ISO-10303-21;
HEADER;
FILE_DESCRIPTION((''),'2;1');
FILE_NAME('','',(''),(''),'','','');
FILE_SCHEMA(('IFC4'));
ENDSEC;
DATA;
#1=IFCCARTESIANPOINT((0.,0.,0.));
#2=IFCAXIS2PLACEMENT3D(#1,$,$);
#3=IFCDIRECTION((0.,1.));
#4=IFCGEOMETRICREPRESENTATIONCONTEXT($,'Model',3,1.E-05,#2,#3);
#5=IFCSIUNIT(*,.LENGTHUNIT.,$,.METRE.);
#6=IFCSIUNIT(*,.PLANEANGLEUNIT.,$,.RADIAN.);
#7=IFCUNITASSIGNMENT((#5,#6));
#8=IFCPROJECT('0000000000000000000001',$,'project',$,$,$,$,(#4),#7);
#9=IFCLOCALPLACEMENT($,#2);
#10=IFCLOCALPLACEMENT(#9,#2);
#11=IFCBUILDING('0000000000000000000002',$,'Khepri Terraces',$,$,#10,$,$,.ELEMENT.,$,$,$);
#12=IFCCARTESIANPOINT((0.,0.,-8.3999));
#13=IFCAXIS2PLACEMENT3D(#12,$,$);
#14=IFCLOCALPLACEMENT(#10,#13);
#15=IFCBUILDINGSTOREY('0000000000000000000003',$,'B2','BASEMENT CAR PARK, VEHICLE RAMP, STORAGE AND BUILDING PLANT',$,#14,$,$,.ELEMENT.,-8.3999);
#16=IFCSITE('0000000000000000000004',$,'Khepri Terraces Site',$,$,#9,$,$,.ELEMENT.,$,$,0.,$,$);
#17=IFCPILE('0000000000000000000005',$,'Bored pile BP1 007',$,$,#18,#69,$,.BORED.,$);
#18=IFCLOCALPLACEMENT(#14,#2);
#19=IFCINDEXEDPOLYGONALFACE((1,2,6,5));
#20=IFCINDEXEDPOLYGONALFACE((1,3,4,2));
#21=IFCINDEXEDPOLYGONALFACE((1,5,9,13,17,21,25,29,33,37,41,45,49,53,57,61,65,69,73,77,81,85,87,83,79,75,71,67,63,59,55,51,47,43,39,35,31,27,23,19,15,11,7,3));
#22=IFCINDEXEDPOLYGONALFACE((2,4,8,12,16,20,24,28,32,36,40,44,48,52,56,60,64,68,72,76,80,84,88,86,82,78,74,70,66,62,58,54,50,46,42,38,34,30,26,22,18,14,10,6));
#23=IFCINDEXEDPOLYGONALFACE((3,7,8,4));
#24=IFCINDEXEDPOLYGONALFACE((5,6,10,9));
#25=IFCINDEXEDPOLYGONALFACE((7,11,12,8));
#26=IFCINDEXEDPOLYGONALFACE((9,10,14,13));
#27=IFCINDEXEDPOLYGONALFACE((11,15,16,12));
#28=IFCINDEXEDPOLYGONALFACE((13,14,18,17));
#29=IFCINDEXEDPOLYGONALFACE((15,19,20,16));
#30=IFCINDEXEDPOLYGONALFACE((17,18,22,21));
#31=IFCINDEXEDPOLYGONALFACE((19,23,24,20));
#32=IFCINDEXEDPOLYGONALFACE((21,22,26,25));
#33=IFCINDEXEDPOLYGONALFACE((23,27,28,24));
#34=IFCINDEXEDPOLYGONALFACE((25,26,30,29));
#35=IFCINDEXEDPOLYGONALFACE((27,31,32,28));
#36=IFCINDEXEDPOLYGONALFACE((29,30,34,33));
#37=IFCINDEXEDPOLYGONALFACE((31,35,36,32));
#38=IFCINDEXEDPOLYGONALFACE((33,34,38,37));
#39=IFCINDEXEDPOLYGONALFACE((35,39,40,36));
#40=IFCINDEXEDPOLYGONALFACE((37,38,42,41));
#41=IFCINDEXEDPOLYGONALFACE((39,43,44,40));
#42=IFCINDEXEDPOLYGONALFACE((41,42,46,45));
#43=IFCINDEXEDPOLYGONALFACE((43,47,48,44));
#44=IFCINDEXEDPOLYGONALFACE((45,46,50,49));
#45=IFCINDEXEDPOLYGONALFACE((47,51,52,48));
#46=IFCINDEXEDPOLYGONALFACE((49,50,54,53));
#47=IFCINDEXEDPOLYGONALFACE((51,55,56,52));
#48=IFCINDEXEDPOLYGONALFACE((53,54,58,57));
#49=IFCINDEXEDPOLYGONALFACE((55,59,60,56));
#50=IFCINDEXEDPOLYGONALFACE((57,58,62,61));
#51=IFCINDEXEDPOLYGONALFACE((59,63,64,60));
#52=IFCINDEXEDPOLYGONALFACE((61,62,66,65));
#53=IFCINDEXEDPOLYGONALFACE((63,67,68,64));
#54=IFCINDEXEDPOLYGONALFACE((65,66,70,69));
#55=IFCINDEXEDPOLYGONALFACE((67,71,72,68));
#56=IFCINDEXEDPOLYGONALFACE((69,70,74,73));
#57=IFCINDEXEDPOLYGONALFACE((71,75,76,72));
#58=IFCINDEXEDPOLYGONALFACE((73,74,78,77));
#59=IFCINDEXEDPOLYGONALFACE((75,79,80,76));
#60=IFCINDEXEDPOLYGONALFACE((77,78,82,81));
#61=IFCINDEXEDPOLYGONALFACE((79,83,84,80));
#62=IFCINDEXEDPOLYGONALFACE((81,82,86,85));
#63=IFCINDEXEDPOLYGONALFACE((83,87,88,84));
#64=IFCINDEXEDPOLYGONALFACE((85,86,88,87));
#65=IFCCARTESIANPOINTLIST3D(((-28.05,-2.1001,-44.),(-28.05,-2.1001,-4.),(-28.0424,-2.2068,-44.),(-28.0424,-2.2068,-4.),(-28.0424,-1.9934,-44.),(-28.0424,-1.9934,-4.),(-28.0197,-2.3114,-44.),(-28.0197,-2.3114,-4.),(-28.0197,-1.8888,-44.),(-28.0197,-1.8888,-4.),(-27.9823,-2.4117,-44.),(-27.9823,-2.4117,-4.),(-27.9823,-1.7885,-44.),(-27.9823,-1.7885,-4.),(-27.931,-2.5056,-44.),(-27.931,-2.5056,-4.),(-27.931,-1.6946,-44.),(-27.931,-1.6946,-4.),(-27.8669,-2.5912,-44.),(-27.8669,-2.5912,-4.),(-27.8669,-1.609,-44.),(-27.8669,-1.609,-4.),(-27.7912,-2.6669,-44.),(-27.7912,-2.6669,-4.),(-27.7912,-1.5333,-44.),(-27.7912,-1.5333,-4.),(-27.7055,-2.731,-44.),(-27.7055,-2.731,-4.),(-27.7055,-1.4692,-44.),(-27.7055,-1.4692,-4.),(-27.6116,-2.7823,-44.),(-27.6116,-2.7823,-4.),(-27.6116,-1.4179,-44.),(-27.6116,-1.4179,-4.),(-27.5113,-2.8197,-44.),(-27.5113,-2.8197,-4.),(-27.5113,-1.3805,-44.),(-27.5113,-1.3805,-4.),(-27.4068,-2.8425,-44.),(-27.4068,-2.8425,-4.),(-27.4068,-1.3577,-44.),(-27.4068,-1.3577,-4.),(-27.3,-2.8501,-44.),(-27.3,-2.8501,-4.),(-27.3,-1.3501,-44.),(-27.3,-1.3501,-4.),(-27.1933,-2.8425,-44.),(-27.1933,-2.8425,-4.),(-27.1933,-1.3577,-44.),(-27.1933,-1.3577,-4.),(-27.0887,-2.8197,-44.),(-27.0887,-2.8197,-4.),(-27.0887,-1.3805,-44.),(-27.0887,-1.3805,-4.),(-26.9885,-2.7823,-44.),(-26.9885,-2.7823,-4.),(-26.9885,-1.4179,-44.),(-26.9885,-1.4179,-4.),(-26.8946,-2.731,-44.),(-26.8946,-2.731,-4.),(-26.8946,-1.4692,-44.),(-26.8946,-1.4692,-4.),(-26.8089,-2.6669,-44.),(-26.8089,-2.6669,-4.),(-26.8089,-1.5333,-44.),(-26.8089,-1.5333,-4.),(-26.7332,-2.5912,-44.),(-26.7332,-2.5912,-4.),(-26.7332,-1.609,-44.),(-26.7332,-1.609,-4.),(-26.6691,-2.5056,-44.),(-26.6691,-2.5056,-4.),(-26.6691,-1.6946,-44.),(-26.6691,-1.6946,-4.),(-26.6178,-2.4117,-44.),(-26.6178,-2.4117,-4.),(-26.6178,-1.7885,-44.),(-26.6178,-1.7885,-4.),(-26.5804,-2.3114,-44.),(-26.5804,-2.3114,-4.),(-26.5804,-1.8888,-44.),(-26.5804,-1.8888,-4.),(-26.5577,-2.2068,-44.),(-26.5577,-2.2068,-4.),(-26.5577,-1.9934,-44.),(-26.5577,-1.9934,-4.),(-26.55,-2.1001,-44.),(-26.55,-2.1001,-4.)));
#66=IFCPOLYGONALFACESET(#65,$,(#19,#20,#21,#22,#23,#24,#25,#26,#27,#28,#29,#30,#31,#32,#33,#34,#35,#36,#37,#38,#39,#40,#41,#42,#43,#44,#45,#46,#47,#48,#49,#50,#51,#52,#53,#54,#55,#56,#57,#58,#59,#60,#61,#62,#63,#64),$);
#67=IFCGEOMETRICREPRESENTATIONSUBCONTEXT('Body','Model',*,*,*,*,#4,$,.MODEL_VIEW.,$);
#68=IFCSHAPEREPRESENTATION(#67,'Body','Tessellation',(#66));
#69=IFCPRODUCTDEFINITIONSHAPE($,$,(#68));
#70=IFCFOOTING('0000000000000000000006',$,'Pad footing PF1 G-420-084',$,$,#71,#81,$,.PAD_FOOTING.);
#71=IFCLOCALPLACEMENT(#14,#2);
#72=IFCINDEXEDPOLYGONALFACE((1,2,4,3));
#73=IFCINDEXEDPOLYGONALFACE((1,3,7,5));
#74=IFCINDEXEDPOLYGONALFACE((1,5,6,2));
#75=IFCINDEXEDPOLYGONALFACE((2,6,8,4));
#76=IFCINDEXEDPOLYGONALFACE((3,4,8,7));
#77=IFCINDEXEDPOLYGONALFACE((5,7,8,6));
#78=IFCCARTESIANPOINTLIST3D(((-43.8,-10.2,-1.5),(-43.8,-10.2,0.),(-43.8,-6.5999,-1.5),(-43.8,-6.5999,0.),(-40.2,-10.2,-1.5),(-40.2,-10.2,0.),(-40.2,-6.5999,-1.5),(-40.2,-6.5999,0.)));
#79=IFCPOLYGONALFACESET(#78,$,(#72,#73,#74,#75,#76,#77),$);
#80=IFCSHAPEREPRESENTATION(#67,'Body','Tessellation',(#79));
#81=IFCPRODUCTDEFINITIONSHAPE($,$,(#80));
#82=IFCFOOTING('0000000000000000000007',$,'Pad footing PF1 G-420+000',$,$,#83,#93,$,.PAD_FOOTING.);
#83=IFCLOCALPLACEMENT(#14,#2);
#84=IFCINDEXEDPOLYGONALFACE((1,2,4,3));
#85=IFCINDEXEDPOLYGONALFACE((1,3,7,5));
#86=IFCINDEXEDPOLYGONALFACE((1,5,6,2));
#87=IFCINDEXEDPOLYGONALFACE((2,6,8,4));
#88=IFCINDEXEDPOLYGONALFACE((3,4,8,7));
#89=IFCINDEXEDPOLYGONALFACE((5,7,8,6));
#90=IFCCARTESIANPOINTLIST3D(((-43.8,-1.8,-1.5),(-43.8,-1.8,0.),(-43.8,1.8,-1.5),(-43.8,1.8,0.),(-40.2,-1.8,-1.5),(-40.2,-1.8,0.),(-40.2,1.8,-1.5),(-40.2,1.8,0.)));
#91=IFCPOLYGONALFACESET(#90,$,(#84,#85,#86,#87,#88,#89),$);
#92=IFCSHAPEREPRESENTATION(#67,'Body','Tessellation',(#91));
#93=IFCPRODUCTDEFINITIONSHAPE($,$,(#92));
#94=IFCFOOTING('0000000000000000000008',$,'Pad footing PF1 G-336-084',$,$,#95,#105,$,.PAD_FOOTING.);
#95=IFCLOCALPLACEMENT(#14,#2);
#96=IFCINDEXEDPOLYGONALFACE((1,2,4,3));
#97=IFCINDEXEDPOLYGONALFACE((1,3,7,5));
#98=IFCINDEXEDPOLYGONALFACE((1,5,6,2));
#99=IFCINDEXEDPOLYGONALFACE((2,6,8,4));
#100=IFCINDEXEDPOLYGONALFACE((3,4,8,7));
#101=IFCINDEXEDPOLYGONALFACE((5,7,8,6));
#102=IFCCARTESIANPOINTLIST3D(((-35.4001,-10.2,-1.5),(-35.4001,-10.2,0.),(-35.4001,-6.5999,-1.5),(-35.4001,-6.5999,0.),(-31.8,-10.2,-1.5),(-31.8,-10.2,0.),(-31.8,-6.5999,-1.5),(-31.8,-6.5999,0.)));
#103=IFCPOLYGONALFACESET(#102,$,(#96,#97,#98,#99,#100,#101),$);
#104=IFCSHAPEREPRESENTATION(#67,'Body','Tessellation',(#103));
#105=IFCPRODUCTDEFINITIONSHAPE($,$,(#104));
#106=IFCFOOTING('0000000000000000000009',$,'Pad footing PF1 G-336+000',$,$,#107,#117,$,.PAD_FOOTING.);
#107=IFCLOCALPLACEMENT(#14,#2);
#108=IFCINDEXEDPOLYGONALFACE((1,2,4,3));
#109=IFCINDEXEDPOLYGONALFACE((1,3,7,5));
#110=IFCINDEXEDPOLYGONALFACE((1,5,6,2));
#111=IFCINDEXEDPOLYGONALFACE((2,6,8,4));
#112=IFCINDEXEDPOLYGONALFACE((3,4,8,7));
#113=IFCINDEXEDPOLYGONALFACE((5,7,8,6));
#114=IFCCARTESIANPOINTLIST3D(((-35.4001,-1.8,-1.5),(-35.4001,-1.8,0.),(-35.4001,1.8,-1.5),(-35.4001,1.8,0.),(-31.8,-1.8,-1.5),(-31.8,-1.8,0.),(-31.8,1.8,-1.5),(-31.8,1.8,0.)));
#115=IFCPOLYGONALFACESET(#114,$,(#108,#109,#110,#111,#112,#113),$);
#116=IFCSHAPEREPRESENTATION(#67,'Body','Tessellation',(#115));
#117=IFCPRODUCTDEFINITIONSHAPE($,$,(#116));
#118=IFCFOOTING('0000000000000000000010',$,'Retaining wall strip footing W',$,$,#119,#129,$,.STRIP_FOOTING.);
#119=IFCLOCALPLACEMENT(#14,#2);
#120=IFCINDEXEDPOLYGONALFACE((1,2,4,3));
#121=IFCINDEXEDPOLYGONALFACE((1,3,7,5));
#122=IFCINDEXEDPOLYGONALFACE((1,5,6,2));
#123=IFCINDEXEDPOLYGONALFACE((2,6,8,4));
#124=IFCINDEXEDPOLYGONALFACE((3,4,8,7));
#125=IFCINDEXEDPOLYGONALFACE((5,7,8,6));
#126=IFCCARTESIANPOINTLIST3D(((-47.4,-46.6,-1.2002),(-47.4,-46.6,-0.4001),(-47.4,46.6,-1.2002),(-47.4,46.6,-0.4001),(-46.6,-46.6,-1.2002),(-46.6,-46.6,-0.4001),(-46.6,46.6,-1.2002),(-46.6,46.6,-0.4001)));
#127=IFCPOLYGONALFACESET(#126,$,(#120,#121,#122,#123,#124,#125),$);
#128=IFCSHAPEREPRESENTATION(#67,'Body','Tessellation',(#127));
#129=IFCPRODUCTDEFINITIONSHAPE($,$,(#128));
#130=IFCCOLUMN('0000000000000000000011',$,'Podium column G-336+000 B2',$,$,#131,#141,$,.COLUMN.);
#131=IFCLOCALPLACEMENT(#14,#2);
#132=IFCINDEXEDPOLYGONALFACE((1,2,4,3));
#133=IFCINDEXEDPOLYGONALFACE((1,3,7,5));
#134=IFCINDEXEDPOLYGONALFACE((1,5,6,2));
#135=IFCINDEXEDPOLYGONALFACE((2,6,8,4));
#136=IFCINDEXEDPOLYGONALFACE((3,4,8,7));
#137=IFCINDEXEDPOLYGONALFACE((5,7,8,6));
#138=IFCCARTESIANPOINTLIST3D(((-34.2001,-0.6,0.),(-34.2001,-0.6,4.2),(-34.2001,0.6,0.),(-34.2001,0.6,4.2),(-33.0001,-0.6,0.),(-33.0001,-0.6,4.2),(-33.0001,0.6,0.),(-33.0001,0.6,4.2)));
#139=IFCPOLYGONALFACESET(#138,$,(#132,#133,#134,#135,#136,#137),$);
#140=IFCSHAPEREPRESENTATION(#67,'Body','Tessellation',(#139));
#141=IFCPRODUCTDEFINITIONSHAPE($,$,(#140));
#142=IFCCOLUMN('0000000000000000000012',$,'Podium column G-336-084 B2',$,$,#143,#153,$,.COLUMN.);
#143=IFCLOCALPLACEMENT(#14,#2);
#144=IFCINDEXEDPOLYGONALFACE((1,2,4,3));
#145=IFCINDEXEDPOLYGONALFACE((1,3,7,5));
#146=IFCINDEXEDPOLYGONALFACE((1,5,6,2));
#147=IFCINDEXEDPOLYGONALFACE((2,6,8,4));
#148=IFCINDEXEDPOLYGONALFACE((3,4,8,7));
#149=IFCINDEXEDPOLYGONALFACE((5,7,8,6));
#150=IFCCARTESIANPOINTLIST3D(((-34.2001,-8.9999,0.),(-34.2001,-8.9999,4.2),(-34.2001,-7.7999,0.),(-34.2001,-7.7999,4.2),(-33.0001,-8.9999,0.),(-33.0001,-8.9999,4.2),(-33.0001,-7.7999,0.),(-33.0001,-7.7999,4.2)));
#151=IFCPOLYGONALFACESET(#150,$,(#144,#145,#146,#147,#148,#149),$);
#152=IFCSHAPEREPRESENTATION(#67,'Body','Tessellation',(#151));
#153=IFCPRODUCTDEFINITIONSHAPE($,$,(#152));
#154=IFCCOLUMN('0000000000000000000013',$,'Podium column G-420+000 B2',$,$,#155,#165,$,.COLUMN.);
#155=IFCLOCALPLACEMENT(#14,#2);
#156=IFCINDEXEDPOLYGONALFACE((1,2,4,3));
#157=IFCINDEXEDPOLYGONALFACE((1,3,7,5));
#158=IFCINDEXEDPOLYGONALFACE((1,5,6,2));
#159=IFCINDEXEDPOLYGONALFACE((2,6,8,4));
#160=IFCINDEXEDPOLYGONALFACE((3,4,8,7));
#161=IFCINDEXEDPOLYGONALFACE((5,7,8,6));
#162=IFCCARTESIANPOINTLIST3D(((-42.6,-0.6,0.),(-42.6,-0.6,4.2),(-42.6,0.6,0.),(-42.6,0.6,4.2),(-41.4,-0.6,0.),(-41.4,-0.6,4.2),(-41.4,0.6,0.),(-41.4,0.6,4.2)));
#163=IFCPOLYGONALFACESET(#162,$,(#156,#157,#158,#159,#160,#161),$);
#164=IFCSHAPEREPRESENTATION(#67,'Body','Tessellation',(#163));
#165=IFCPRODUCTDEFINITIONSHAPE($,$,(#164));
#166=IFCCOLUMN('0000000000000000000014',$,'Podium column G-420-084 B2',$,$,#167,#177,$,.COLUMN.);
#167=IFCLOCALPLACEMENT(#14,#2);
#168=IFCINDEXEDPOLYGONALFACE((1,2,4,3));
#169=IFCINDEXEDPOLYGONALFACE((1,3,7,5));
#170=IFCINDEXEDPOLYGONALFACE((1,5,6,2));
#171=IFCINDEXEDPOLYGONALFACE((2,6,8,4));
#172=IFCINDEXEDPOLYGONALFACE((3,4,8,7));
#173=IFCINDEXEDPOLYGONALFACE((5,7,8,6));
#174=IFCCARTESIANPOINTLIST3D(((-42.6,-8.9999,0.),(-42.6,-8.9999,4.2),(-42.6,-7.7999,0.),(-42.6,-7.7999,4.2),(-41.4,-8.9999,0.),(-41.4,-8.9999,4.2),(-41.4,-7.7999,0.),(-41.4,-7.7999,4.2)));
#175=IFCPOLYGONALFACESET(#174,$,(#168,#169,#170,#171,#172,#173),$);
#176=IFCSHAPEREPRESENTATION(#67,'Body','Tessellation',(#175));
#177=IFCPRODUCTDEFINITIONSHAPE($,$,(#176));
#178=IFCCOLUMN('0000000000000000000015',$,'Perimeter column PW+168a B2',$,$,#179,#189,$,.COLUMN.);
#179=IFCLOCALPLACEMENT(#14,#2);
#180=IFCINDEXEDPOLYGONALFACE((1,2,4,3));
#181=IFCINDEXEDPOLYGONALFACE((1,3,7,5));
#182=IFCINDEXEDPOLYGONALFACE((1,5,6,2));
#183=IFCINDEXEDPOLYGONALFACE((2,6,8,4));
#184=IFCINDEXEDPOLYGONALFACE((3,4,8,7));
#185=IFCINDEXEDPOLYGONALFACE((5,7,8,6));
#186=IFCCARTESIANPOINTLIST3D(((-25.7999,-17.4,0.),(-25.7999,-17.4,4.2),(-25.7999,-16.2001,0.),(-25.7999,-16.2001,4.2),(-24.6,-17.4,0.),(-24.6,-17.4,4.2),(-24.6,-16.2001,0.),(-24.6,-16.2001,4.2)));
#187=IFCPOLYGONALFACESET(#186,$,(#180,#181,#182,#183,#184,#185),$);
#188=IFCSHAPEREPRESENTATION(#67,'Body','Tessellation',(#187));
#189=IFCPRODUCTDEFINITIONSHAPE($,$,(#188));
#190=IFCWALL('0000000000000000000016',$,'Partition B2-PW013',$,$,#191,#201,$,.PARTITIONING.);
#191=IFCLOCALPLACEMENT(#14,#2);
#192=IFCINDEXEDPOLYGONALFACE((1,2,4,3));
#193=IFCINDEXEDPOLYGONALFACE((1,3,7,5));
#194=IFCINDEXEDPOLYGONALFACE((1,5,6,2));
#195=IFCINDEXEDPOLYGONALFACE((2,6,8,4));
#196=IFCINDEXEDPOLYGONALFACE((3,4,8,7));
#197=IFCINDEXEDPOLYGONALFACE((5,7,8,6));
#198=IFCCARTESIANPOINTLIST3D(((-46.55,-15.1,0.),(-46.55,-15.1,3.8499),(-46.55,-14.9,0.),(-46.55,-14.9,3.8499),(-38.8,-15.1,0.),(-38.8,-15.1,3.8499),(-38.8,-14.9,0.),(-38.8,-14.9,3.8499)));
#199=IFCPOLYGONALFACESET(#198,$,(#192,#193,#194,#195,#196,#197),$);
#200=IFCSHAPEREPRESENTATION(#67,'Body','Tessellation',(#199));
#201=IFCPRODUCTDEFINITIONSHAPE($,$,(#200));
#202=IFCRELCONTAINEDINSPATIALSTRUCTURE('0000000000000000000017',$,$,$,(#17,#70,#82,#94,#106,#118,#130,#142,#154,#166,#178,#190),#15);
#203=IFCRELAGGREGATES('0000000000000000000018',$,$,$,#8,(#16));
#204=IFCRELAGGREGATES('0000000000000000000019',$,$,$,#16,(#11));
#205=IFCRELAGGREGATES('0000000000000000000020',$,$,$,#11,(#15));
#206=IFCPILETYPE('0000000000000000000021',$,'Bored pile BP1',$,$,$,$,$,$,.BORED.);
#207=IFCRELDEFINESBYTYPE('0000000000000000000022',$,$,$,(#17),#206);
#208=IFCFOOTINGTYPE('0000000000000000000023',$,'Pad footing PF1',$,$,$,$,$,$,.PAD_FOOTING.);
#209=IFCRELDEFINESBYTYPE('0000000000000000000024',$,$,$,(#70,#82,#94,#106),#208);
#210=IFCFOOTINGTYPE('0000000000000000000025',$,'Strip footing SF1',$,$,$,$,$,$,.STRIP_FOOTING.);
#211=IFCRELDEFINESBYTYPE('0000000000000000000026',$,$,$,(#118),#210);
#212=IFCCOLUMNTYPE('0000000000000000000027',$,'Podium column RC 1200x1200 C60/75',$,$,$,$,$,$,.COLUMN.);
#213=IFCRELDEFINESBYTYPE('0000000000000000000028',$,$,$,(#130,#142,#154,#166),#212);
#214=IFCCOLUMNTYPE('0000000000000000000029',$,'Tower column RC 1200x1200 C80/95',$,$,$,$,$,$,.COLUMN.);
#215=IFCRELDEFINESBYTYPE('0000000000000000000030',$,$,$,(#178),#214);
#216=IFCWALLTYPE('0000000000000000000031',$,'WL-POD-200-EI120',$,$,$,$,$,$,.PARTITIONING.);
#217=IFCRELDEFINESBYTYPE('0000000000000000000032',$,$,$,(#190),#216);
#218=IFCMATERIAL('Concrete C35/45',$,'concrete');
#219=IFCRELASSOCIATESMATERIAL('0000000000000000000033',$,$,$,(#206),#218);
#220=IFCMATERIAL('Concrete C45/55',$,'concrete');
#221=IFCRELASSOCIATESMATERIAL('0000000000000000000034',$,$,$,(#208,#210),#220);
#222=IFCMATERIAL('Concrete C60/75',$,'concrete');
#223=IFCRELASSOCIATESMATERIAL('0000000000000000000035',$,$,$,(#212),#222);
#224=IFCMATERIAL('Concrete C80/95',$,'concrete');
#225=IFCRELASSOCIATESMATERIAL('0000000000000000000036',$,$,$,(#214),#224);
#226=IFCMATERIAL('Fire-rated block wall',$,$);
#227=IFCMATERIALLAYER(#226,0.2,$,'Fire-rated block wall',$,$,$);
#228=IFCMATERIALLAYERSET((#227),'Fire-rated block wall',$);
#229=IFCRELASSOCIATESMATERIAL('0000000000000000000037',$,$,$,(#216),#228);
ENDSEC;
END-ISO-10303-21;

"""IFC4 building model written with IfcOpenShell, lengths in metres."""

from ifc_helpers import new_model, si_unit, direction, frame, frame_2d, origin, origin_2d, place, context, subcontext, project, spatial, rectangle, circle, extrude, material, layer, layer_set, material_profile, profile_set, type_object, element, save


model = new_model("IFC4")

# Units and contexts
model_context = context("Model", 3, precision=1e-05, world=origin(), true_north=direction((0.0, 1.0)))
body_context = subcontext(model_context, "Body", "Model", "MODEL_VIEW")
ifc_project = project(units=[si_unit("LENGTHUNIT", "METRE"), si_unit("PLANEANGLEUNIT", "RADIAN")], contexts=[model_context])

# Site, building, storey
site_placement = place(None, origin())
site = spatial("IfcSite", under=ifc_project, at=site_placement, Name="Khepri Terraces Site", CompositionType="ELEMENT", RefElevation=0.0)
building_placement = place(site_placement, origin())
building = spatial("IfcBuilding", under=site, at=building_placement, Name="Khepri Terraces", CompositionType="ELEMENT")
storey_placement = place(building_placement, frame((0.0, 0.0, -8.3999)))
storey = spatial("IfcBuildingStorey", under=building, at=storey_placement, Name="B2", Description="BASEMENT CAR PARK, VEHICLE RAMP, STORAGE AND BUILDING PLANT", CompositionType="ELEMENT", Elevation=-8.3999)

# Pile
ifc_material_1 = material(Name="Concrete C35/45", Category="concrete")
ifc_material_profile_1 = material_profile(ifc_material_1, circle(Radius=0.75, at=origin_2d()), Name="Concrete C35/45", Category="concrete")
ifc_profile_set_1 = profile_set([ifc_material_profile_1], Name="Concrete C35/45")
pile_type = type_object("IfcPileType", Name="Bored pile BP1", PredefinedType="BORED", material=ifc_profile_set_1)
for number, where, z_axis, x_axis, name in (
    (1, (-27.3, -2.1001, -4.0), (0.0, 0.0, -1.0), (1.0, 0.0, 0.0), "Bored pile BP1 007"),
):
    element("IfcPile", number, at=place(storey_placement, frame(where, z_axis=z_axis, x_axis=x_axis)), inside=storey, type_object=pile_type, Name=name, PredefinedType="BORED", context=body_context, shape_type="SweptSolid", body=[
        extrude(circle(Radius=0.75, at=origin_2d()), origin(), (0.0, 0.0, 1.0), 40.0),
    ])

# Footings
ifc_material_2 = material(Name="Concrete C45/55", Category="concrete")
footing_type_1 = type_object("IfcFootingType", Name="Pad footing PF1", PredefinedType="PAD_FOOTING", material=ifc_material_2)
for number, where, z_axis, x_axis, name in (
    (2, (-42.0, -8.3999, -1.5), (0.0, 0.0, 1.0), (1.0, 0.0, 0.0), "Pad footing PF1 G-420-084"),
    (3, (-42.0, 0.0, -1.5), (0.0, 0.0, 1.0), (1.0, 0.0, 0.0), "Pad footing PF1 G-420+000"),
    (4, (-33.6001, -8.3999, -1.5), (0.0, 0.0, 1.0), (1.0, 0.0, 0.0), "Pad footing PF1 G-336-084"),
    (5, (-33.6001, 0.0, -1.5), (0.0, 0.0, 1.0), (1.0, 0.0, 0.0), "Pad footing PF1 G-336+000"),
):
    element("IfcFooting", number, at=place(storey_placement, frame(where, z_axis=z_axis, x_axis=x_axis)), inside=storey, type_object=footing_type_1, Name=name, PredefinedType="PAD_FOOTING", context=body_context, shape_type="SweptSolid", body=[
        extrude(rectangle(XDim=3.6001, YDim=3.6001, at=origin_2d()), origin(), (0.0, 0.0, 1.0), 1.5),
    ])
footing_type_2 = type_object("IfcFootingType", Name="Strip footing SF1", PredefinedType="STRIP_FOOTING", material=ifc_material_2)
footing_placement = place(storey_placement, frame((-47.0, 0.0, -1.2002), z_axis=(0.0, 0.0, 1.0), x_axis=(1.0, 0.0, 0.0)))
element("IfcFooting", 6, at=footing_placement, inside=storey, type_object=footing_type_2, Name="Retaining wall strip footing W", PredefinedType="STRIP_FOOTING", context=body_context, shape_type="SweptSolid", body=[
    extrude(rectangle(XDim=0.8, YDim=93.2, at=origin_2d()), origin(), (0.0, 0.0, 1.0), 0.8),
])

# Columns
ifc_material_3 = material(Name="Concrete C60/75", Category="concrete")
ifc_material_profile_2 = material_profile(ifc_material_3, rectangle(XDim=1.2, YDim=1.2, at=origin_2d()), Name="Concrete C60/75", Category="concrete")
ifc_profile_set_2 = profile_set([ifc_material_profile_2], Name="Concrete C60/75")
column_type_1 = type_object("IfcColumnType", Name="Podium column RC 1200x1200 C60/75", PredefinedType="COLUMN", material=ifc_profile_set_2)
for number, where, z_axis, x_axis, name in (
    (7, (-33.6001, 0.0, 0.0), (0.0, 0.0, 1.0), (1.0, 0.0, 0.0), "Podium column G-336+000 B2"),
    (8, (-33.6001, -8.3999, 0.0), (0.0, 0.0, 1.0), (1.0, 0.0, 0.0), "Podium column G-336-084 B2"),
    (9, (-42.0, 0.0, 0.0), (0.0, 0.0, 1.0), (1.0, 0.0, 0.0), "Podium column G-420+000 B2"),
    (10, (-42.0, -8.3999, 0.0), (0.0, 0.0, 1.0), (1.0, 0.0, 0.0), "Podium column G-420-084 B2"),
):
    element("IfcColumn", number, at=place(storey_placement, frame(where, z_axis=z_axis, x_axis=x_axis)), inside=storey, type_object=column_type_1, Name=name, PredefinedType="COLUMN", context=body_context, shape_type="SweptSolid", body=[
        extrude(rectangle(XDim=1.2, YDim=1.2, at=origin_2d()), origin(), (0.0, 0.0, 1.0), 4.2),
    ])
ifc_material_4 = material(Name="Concrete C80/95", Category="concrete")
ifc_material_profile_3 = material_profile(ifc_material_4, rectangle(XDim=1.2, YDim=1.2, at=origin_2d()), Name="Concrete C80/95", Category="concrete")
ifc_profile_set_3 = profile_set([ifc_material_profile_3], Name="Concrete C80/95")
column_type_2 = type_object("IfcColumnType", Name="Tower column RC 1200x1200 C80/95", PredefinedType="COLUMN", material=ifc_profile_set_3)
column_placement = place(storey_placement, frame((-25.2, -16.8, 0.0), z_axis=(0.0, 0.0, 1.0), x_axis=(1.0, 0.0, 0.0)))
element("IfcColumn", 11, at=column_placement, inside=storey, type_object=column_type_2, Name="Perimeter column PW+168a B2", PredefinedType="COLUMN", context=body_context, shape_type="SweptSolid", body=[
    extrude(rectangle(XDim=1.2, YDim=1.2, at=origin_2d()), origin(), (0.0, 0.0, 1.0), 4.2),
])

# Wall
ifc_material_5 = material(Name="Fire-rated block wall")
ifc_layer_1 = layer(ifc_material_5, 0.2, Name="Fire-rated block wall")
ifc_layer_set_1 = layer_set([ifc_layer_1], Name="Fire-rated block wall")
wall_type_1 = type_object("IfcWallType", Name="WL-POD-200-EI120", PredefinedType="PARTITIONING", material=ifc_layer_set_1)
wall_1_placement = place(storey_placement, frame((-46.55, -15.0, 0.0), z_axis=(0.0, 0.0, 1.0), x_axis=(1.0, 0.0, 0.0)))
element("IfcWall", 12, at=wall_1_placement, inside=storey, type_object=wall_type_1, Name="Partition B2-PW013", PredefinedType="PARTITIONING", context=body_context, shape_type="SweptSolid", body=[
    extrude(rectangle(XDim=7.75, YDim=0.2, at=frame_2d((3.875, 0.0))), origin(), (0.0, 0.0, 1.0), 3.8499),
])

save(model, "model.ifc")
